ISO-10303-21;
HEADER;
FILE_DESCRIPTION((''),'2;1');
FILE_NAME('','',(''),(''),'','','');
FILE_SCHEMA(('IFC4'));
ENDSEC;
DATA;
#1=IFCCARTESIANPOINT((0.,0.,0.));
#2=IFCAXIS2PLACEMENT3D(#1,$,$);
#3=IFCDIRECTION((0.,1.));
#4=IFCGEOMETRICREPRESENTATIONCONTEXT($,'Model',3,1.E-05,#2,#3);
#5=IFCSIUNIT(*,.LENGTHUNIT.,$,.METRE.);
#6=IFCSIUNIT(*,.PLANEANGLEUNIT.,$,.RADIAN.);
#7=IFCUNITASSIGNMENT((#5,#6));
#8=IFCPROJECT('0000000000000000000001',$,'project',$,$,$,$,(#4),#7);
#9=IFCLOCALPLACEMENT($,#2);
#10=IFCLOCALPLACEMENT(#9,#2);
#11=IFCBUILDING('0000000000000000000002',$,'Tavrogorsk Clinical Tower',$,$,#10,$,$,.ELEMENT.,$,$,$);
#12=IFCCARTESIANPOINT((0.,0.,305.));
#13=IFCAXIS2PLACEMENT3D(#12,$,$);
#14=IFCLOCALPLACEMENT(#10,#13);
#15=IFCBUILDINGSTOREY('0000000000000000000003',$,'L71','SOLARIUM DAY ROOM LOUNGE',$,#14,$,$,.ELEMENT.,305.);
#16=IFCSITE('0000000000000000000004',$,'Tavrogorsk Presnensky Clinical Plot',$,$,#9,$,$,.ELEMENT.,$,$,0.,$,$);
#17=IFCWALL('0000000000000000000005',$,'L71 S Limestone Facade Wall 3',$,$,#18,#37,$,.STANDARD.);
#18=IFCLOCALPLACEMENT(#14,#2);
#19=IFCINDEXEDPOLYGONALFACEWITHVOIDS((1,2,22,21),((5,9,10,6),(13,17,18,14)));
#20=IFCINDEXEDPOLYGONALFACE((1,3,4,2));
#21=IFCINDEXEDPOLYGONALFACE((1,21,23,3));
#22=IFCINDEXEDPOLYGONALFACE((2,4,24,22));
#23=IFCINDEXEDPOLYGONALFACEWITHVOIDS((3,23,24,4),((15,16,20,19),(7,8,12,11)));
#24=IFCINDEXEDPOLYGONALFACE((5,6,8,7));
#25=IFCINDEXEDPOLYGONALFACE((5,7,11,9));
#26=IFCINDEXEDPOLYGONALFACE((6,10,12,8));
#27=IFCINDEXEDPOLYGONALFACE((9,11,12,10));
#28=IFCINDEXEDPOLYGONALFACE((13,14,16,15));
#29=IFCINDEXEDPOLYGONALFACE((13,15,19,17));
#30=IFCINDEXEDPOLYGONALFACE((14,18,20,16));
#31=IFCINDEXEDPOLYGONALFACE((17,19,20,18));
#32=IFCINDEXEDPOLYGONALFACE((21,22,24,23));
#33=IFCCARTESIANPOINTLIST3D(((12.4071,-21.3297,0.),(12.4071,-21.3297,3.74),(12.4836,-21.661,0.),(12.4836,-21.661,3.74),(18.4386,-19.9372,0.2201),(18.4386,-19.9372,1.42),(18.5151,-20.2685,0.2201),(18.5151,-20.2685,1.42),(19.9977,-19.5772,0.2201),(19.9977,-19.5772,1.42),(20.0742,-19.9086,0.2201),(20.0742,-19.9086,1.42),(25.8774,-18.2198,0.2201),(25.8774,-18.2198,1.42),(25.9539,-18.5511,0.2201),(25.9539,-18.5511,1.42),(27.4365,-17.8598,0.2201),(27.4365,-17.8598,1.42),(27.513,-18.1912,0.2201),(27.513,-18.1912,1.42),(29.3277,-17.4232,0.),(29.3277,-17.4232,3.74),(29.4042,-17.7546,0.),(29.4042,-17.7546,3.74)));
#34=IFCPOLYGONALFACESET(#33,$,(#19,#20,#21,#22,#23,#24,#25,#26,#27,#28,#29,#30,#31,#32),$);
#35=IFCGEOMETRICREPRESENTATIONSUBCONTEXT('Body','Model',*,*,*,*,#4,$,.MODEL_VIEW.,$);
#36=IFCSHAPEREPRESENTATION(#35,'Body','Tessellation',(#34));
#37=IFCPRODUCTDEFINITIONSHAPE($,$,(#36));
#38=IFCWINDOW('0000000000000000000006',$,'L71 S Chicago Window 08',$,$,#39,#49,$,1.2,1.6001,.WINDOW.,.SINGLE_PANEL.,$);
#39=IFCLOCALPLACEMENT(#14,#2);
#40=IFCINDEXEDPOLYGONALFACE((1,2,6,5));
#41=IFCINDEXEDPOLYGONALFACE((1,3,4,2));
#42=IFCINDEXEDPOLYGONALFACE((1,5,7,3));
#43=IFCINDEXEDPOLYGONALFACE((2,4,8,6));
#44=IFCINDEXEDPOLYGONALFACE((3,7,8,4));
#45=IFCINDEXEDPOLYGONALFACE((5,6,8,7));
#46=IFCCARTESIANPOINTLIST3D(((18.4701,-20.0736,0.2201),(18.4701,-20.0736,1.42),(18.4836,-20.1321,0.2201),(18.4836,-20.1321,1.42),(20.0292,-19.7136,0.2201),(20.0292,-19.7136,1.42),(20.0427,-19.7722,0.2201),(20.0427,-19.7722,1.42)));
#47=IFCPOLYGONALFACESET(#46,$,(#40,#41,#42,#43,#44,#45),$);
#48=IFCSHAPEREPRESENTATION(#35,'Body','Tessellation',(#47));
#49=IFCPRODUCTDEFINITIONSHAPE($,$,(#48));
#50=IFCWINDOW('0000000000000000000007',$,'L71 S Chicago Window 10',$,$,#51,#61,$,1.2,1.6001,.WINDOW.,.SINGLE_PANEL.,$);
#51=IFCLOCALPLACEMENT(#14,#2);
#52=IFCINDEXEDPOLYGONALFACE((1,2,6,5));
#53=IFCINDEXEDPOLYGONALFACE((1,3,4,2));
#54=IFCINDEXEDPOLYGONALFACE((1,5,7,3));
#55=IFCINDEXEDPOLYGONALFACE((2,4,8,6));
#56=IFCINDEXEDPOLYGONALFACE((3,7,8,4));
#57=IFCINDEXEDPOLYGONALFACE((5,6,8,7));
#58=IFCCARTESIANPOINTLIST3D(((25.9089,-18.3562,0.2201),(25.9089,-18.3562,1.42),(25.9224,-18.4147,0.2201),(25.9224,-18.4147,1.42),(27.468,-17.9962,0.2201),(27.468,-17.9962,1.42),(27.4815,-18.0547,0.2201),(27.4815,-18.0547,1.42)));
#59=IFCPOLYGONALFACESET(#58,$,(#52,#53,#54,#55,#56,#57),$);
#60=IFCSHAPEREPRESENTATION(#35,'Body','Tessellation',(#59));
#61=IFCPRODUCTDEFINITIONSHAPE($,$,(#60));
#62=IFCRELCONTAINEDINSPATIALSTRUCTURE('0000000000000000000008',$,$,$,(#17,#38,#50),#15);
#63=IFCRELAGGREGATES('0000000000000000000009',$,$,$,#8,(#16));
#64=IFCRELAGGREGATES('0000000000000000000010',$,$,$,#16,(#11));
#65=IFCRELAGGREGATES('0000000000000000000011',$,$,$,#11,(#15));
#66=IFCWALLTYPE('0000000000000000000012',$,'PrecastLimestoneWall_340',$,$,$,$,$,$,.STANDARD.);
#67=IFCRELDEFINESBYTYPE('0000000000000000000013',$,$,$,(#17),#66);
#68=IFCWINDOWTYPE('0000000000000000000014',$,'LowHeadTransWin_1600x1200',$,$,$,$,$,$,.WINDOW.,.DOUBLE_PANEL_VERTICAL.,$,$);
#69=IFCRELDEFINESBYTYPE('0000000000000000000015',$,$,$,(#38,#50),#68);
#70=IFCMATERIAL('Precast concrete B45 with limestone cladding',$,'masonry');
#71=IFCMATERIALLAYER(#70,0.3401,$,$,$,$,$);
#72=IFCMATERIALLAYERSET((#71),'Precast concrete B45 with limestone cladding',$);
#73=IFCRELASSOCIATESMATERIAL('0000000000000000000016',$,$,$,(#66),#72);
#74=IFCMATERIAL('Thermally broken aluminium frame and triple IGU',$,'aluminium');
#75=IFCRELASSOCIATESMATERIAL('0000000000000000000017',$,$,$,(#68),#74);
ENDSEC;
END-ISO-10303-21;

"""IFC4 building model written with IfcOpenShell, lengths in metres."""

from ifc_helpers import new_model, si_unit, direction, frame, frame_2d, origin, place, context, subcontext, project, spatial, rectangle, extrude, material, layer, layer_set, type_object, element, fill, save


model = new_model("IFC4")

# Units and contexts
model_context = context("Model", 3, precision=1e-05, world=origin(), true_north=direction((0.0, 1.0)))
body_context = subcontext(model_context, "Body", "Model", "MODEL_VIEW")
ifc_project = project(units=[si_unit("LENGTHUNIT", "METRE"), si_unit("PLANEANGLEUNIT", "RADIAN")], contexts=[model_context])

# Site, building, storey
site_placement = place(None, origin())
site = spatial("IfcSite", under=ifc_project, at=site_placement, Name="Tavrogorsk Presnensky Clinical Plot", CompositionType="ELEMENT", RefElevation=0.0)
building_placement = place(site_placement, origin())
building = spatial("IfcBuilding", under=site, at=building_placement, Name="Tavrogorsk Clinical Tower", CompositionType="ELEMENT")
storey_placement = place(building_placement, frame((0.0, 0.0, 305.0)))
storey = spatial("IfcBuildingStorey", under=building, at=storey_placement, Name="L71", Description="SOLARIUM DAY ROOM LOUNGE", CompositionType="ELEMENT", Elevation=305.0)

# Shared definitions
ifc_material_1 = material(Name="Precast concrete B45 with limestone cladding", Category="masonry")
ifc_layer_1 = layer(ifc_material_1, 0.3401)
ifc_layer_set_1 = layer_set([ifc_layer_1], Name="Precast concrete B45 with limestone cladding")
wall_type_1 = type_object("IfcWallType", Name="PrecastLimestoneWall_340", PredefinedType="STANDARD", material=ifc_layer_set_1)

# Wall, openings, windows
wall_1_placement = place(storey_placement, frame((12.4453, -21.4954, 0.0), z_axis=(0.0, 0.0, 1.0), x_axis=(0.974369, 0.224954, 0.0)))
wall_1 = element("IfcWall", 1, at=wall_1_placement, inside=storey, type_object=wall_type_1, Name="L71 S Limestone Facade Wall 3", PredefinedType="STANDARD", context=body_context, shape_type="SweptSolid", body=[
    extrude(rectangle(XDim=17.3657, YDim=0.3401, at=frame_2d((8.6829, 0.0))), origin(), (0.0, 0.0, 1.0), 3.74),
])
opening_1_placement = place(wall_1_placement, frame((6.1902, 0.0, 0.22)))
opening_1 = element("IfcOpeningElement", 2, at=opening_1_placement, cuts=wall_1, PredefinedType="OPENING", context=body_context, shape_type="SweptSolid", body=[
    extrude(rectangle(XDim=1.6001, YDim=1.2, at=frame_2d((0.8, 0.6001))), frame((0.0, 0.1799, 0.0), z_axis=(0.0, -1.0, 0.0), x_axis=(1.0, 0.0, 0.0)), (0.0, 0.0, 1.0), 0.3601),
])
opening_2_placement = place(wall_1_placement, frame((13.8247, 0.0, 0.22)))
opening_2 = element("IfcOpeningElement", 3, at=opening_2_placement, cuts=wall_1, PredefinedType="OPENING", context=body_context, shape_type="SweptSolid", body=[
    extrude(rectangle(XDim=1.6001, YDim=1.2, at=frame_2d((0.8, 0.6001))), frame((0.0, 0.1799, 0.0), z_axis=(0.0, -1.0, 0.0), x_axis=(1.0, 0.0, 0.0)), (0.0, 0.0, 1.0), 0.3601),
])
ifc_material_2 = material(Name="Thermally broken aluminium frame and triple IGU", Category="aluminium")
window_type_1 = type_object("IfcWindowType", Name="LowHeadTransWin_1600x1200", PartitioningType="DOUBLE_PANEL_VERTICAL", PredefinedType="WINDOW", material=ifc_material_2)
window_1_placement = place(opening_1_placement, origin())
window_1 = element("IfcWindow", 4, at=window_1_placement, inside=storey, type_object=window_type_1, Name="L71 S Chicago Window 08", OverallHeight=1.2, OverallWidth=1.6001, PartitioningType="SINGLE_PANEL", PredefinedType="WINDOW", context=body_context, shape_type="SweptSolid", body=[
    extrude(rectangle(XDim=1.6001, YDim=1.2, at=frame_2d((0.8, 0.6001))), frame((0.0, 0.03, 0.0), z_axis=(0.0, -1.0, 0.0), x_axis=(1.0, 0.0, 0.0)), (0.0, 0.0, 1.0), 0.0601),
])
fill(opening_1, window_1)
window_2_placement = place(opening_2_placement, origin())
window_2 = element("IfcWindow", 5, at=window_2_placement, inside=storey, type_object=window_type_1, Name="L71 S Chicago Window 10", OverallHeight=1.2, OverallWidth=1.6001, PartitioningType="SINGLE_PANEL", PredefinedType="WINDOW", context=body_context, shape_type="SweptSolid", body=[
    extrude(rectangle(XDim=1.6001, YDim=1.2, at=frame_2d((0.8, 0.6001))), frame((0.0, 0.03, 0.0), z_axis=(0.0, -1.0, 0.0), x_axis=(1.0, 0.0, 0.0)), (0.0, 0.0, 1.0), 0.0601),
])
fill(opening_2, window_2)

save(model, "model.ifc")
